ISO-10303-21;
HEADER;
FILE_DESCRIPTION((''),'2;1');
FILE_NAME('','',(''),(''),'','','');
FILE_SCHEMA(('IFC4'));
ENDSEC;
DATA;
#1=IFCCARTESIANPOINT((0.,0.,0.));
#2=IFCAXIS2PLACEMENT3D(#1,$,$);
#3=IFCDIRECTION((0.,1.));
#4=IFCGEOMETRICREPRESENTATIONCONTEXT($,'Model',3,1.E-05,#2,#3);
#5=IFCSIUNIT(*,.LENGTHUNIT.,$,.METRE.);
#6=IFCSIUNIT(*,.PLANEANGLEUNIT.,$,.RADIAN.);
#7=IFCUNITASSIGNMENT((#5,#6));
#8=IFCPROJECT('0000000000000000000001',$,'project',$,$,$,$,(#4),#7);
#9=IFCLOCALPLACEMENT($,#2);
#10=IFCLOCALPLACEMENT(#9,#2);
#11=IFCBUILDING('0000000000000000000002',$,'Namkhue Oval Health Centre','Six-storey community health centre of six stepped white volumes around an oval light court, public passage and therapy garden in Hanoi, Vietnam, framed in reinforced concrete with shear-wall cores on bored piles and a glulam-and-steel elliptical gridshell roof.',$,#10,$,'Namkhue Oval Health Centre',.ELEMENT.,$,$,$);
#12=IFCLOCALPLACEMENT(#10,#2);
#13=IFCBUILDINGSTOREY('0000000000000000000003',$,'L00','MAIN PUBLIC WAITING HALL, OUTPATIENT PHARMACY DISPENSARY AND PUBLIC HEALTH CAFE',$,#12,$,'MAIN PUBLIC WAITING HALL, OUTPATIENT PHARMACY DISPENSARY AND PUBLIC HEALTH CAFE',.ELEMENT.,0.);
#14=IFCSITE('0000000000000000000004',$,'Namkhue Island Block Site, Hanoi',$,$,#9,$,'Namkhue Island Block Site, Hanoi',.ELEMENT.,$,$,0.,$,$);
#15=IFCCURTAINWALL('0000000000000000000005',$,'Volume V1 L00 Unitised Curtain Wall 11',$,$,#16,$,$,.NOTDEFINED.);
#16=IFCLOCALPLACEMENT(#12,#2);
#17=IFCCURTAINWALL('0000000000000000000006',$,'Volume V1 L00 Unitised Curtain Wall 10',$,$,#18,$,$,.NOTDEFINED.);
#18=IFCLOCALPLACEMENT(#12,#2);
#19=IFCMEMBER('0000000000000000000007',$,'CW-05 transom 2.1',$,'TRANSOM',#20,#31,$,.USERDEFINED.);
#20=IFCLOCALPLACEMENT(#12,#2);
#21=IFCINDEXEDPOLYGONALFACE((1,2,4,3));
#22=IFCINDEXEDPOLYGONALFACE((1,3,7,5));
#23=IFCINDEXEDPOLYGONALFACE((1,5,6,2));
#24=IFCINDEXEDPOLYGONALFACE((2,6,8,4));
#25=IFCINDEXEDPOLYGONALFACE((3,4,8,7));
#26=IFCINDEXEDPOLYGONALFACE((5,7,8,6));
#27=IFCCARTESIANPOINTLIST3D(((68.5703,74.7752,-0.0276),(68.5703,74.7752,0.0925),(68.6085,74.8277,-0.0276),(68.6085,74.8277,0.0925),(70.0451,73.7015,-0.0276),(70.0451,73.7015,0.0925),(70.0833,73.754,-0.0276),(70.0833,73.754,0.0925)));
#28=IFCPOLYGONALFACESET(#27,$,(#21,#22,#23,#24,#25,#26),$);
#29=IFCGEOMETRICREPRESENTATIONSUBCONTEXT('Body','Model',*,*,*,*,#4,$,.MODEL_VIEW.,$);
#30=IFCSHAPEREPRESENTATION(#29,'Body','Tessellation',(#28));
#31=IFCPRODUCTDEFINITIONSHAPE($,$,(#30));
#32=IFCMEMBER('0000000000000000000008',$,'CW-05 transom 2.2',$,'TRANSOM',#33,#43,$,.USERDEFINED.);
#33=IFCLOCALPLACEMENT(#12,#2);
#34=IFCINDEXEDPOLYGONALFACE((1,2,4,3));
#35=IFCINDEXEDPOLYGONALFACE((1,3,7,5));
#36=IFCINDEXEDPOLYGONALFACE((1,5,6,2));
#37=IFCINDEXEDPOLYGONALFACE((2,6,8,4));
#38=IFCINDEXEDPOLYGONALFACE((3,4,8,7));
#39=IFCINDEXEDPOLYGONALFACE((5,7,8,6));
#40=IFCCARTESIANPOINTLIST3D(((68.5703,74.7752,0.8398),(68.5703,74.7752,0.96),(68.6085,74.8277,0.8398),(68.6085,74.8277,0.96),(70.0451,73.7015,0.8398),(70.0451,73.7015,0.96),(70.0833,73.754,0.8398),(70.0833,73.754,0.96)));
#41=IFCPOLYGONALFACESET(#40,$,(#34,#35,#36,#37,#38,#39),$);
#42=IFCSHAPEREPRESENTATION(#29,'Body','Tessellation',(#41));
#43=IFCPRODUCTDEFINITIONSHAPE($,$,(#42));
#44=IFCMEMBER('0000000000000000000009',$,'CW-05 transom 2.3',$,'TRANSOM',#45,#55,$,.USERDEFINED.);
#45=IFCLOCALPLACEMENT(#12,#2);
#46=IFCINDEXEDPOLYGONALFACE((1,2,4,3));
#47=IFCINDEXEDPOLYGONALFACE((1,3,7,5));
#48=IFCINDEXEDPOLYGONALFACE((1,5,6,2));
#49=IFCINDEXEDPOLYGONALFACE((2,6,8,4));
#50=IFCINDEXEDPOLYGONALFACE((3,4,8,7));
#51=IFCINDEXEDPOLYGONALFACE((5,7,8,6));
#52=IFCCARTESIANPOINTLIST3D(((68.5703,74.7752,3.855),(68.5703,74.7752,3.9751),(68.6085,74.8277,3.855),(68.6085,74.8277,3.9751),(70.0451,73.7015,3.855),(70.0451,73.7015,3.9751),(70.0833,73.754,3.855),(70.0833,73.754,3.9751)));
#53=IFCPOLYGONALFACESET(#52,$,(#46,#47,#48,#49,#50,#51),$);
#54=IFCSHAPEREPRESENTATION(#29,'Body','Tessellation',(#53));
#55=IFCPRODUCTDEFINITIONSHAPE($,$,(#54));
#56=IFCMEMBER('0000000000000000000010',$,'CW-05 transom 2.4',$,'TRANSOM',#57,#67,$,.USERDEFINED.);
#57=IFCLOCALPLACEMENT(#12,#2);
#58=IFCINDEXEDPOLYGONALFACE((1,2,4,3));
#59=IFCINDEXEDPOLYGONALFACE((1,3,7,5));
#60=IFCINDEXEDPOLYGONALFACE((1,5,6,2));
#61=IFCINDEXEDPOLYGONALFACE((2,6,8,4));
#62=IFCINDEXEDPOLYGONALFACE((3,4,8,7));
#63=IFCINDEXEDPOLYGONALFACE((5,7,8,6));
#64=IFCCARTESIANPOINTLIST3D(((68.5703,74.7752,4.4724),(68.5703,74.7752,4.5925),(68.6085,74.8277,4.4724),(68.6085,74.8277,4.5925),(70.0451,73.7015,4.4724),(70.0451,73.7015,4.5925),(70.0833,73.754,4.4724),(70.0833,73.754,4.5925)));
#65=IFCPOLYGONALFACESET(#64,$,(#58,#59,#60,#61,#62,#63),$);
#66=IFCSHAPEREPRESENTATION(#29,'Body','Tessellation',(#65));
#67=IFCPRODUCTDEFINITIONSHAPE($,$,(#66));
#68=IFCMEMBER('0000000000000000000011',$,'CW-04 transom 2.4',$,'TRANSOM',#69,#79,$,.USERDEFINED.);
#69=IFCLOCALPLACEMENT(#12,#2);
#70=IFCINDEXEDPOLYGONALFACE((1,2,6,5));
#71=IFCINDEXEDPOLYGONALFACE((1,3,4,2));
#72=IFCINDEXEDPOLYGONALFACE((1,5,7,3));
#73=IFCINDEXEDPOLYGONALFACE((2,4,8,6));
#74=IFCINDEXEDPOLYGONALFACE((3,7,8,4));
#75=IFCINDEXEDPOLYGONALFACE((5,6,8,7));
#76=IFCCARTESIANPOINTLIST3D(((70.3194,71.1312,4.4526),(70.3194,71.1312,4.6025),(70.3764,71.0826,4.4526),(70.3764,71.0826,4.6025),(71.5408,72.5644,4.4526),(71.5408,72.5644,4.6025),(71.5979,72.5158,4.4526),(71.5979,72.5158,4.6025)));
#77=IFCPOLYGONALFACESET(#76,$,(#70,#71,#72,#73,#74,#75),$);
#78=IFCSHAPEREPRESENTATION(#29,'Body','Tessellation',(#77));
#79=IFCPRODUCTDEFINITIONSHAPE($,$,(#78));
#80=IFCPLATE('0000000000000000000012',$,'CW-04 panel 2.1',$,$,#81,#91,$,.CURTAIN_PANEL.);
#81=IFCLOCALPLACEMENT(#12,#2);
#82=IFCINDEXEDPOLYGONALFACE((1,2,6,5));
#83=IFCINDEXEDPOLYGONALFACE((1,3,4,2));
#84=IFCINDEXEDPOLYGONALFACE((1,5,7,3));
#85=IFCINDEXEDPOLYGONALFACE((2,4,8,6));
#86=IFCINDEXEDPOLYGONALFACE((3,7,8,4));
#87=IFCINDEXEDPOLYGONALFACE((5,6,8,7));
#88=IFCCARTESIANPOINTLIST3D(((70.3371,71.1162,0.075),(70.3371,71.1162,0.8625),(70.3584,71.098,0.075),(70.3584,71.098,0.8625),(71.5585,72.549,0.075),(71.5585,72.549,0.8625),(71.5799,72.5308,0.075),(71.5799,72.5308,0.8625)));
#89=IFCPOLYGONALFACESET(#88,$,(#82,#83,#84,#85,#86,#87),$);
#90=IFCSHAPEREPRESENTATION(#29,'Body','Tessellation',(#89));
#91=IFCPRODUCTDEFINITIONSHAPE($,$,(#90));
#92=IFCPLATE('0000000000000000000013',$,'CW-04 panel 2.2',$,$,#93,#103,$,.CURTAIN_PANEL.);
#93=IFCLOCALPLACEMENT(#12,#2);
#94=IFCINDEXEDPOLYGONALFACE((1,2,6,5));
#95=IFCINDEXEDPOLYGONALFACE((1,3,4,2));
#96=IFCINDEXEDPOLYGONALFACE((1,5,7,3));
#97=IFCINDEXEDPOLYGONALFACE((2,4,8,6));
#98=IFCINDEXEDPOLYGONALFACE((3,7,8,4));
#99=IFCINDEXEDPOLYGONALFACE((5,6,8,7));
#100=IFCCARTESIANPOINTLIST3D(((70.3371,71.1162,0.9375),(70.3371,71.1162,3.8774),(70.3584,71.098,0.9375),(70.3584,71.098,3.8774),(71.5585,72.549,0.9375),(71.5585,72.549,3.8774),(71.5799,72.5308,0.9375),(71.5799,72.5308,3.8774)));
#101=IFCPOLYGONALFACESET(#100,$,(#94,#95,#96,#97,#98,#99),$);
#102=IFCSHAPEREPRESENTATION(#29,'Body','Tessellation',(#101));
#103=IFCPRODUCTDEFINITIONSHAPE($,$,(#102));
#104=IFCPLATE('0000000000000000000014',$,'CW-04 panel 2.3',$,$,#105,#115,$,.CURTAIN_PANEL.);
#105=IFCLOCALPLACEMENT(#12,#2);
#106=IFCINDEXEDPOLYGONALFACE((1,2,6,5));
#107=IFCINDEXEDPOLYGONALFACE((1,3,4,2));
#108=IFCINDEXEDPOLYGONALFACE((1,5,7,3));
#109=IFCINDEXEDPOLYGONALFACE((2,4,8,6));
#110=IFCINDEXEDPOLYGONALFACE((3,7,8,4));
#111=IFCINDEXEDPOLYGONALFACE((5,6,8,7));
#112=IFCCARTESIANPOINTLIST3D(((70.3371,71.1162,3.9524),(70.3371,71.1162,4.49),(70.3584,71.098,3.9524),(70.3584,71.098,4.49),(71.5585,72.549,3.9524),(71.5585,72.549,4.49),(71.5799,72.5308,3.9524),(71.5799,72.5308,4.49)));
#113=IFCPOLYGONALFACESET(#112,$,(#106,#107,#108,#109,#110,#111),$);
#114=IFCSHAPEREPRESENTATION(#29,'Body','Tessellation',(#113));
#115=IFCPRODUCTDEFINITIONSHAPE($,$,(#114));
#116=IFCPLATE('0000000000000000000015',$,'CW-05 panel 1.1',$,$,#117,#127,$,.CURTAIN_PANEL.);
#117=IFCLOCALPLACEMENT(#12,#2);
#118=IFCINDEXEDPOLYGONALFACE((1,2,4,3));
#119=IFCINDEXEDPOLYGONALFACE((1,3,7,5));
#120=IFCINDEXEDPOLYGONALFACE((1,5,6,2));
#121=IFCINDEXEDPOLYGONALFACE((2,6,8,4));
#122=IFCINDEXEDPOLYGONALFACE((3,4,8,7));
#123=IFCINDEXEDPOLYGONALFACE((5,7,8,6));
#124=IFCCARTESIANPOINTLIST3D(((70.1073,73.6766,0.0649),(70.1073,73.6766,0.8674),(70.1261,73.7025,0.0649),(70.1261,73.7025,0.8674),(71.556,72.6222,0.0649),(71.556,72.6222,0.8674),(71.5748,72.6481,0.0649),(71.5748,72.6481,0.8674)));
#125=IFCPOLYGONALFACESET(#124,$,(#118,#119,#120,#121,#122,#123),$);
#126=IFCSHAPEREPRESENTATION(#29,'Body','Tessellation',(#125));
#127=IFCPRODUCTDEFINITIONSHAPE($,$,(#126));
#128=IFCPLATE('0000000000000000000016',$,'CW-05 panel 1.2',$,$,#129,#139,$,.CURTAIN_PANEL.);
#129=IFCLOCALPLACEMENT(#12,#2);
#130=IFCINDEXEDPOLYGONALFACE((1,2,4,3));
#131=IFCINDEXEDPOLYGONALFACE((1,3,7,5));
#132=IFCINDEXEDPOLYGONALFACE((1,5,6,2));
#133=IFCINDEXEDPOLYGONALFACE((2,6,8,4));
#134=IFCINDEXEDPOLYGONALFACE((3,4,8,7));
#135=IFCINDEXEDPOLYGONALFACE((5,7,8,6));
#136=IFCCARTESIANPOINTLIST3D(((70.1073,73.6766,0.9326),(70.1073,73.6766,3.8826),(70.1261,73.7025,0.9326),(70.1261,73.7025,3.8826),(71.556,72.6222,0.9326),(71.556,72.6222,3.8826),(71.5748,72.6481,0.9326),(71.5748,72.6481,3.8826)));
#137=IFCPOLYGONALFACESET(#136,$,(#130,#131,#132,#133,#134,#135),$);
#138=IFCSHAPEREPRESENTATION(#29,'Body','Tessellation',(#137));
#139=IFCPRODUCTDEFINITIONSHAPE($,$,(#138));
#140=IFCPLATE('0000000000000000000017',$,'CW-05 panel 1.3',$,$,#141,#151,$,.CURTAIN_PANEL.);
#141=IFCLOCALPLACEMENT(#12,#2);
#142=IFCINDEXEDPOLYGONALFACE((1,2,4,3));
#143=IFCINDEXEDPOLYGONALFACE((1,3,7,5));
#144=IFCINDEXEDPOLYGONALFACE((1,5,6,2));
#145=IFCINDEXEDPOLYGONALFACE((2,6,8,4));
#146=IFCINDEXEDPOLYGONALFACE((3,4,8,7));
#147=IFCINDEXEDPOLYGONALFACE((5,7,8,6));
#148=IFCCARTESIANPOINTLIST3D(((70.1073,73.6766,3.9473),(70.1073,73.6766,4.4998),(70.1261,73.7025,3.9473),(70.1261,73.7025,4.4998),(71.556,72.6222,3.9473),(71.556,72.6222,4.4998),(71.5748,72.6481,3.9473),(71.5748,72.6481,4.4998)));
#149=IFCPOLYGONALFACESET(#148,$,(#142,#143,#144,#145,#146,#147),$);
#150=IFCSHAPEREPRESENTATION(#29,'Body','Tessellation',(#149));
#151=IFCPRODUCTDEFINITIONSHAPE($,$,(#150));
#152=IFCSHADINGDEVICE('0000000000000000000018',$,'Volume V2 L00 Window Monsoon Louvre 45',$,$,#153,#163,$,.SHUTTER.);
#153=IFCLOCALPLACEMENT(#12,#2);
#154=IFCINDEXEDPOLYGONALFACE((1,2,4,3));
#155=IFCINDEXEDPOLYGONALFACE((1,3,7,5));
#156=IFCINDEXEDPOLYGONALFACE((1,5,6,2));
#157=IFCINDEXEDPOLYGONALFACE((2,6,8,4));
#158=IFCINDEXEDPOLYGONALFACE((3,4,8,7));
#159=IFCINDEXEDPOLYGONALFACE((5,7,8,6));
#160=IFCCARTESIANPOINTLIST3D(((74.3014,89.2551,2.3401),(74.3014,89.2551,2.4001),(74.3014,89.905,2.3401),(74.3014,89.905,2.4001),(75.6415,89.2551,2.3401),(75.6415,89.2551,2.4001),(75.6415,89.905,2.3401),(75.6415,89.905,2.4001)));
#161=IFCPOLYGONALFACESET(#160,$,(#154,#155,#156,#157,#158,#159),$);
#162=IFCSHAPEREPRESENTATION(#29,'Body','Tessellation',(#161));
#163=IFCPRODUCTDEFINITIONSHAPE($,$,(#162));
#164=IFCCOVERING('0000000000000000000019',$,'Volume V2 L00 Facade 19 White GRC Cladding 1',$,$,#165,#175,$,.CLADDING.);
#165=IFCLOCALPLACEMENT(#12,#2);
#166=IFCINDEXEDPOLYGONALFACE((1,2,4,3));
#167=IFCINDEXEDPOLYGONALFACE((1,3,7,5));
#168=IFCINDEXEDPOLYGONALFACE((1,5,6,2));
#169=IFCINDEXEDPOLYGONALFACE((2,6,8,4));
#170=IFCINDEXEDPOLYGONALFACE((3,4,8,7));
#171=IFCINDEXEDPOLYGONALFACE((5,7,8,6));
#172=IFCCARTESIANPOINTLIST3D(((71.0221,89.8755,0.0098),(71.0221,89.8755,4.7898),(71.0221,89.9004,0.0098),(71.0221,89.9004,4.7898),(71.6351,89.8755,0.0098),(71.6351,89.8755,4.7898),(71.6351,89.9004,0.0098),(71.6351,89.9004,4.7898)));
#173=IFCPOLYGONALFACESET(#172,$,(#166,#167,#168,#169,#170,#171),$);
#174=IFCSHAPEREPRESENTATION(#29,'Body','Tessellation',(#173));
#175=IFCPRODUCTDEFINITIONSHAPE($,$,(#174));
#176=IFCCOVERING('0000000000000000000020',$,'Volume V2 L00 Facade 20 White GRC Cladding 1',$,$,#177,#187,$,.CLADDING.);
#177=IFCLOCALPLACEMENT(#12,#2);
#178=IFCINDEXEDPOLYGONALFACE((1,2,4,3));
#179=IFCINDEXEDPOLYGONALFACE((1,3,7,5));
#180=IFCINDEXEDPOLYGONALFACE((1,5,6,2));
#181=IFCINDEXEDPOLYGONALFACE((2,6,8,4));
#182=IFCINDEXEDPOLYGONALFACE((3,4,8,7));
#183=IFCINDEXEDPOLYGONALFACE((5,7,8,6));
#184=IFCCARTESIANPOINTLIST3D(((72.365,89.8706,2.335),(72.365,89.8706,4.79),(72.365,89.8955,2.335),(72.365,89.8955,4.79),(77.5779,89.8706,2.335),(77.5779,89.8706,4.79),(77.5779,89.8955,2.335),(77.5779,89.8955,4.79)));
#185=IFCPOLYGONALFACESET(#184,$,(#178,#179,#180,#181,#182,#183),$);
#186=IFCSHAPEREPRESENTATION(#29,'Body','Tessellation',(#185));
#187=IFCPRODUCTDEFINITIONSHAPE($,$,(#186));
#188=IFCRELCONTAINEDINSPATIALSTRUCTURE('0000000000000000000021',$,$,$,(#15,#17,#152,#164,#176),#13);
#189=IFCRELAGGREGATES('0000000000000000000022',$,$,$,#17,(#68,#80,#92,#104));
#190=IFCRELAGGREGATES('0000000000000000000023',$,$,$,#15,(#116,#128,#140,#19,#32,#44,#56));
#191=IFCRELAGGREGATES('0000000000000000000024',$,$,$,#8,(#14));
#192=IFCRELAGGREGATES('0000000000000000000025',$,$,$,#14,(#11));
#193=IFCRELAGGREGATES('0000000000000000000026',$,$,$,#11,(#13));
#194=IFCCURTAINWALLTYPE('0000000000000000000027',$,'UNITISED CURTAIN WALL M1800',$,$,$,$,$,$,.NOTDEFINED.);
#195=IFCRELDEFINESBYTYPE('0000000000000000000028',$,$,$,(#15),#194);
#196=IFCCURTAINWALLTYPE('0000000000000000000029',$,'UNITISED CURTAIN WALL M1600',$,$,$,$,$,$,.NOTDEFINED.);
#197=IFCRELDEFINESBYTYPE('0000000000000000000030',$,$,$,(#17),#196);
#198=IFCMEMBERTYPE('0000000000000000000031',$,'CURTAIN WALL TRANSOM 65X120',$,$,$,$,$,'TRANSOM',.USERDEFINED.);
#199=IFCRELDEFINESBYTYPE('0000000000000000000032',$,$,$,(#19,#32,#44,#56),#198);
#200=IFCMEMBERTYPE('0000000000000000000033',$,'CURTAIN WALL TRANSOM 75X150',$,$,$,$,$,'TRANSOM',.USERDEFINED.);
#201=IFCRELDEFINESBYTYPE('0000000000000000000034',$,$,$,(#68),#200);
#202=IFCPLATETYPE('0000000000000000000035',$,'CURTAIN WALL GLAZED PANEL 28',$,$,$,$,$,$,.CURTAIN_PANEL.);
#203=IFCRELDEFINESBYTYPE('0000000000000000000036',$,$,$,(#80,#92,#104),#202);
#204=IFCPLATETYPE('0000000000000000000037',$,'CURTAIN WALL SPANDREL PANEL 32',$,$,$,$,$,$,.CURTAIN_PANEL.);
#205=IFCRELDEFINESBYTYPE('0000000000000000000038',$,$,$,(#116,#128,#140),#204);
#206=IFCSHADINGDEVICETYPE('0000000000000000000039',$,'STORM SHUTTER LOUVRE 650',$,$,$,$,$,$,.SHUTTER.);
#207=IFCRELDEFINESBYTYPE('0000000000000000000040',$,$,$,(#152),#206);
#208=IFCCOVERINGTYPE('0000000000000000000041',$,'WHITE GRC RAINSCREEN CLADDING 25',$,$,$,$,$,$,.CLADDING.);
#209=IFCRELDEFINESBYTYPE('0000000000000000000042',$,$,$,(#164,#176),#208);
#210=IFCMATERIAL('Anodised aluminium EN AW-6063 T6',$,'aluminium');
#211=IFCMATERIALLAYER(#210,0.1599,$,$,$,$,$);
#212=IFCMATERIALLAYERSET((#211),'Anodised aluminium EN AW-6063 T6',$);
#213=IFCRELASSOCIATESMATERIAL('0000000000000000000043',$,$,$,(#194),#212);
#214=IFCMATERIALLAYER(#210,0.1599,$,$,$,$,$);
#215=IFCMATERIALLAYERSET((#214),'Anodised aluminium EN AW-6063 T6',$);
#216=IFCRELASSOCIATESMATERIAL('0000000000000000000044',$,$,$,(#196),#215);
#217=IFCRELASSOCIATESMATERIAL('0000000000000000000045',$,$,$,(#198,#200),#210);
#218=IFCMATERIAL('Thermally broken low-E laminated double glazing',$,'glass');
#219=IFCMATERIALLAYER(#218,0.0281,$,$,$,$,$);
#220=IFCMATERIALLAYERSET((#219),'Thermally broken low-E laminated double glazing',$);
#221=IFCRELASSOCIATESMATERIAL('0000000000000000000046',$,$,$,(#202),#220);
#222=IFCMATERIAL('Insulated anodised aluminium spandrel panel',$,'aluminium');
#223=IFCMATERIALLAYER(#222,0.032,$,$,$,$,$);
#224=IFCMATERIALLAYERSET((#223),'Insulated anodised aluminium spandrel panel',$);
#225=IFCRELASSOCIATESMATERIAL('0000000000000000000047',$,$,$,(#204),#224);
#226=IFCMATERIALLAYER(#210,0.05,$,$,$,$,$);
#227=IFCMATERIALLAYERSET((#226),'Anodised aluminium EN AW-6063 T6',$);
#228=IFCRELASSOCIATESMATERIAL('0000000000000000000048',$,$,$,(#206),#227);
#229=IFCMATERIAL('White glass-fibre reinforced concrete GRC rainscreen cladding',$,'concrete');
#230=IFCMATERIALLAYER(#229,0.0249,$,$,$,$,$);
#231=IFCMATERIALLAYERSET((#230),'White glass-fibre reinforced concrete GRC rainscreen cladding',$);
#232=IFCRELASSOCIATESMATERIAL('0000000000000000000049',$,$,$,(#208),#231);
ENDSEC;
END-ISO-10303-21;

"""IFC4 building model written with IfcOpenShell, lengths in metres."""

from ifc_helpers import new_model, si_unit, direction, frame, origin, origin_2d, place, context, subcontext, project, spatial, rectangle, extrude, material, layer, layer_set, material_profile, profile_set, type_object, element, aggregate, save


model = new_model("IFC4")

# Units and contexts
model_context = context("Model", 3, precision=1e-05, world=origin(), true_north=direction((0.0, 1.0)))
body_context = subcontext(model_context, "Body", "Model", "MODEL_VIEW")
ifc_project = project(units=[si_unit("LENGTHUNIT", "METRE"), si_unit("PLANEANGLEUNIT", "RADIAN")], contexts=[model_context])

# Site, building, storey
site_placement = place(None, origin())
site = spatial("IfcSite", under=ifc_project, at=site_placement, Name="Namkhue Island Block Site, Hanoi", LongName="Namkhue Island Block Site, Hanoi", CompositionType="ELEMENT", RefElevation=0.0)
building_placement = place(site_placement, origin())
building = spatial("IfcBuilding", under=site, at=building_placement, Name="Namkhue Oval Health Centre", Description="Six-storey community health centre of six stepped white volumes around an oval light court, public passage and therapy garden in Hanoi, Vietnam, framed in reinforced concrete with shear-wall cores on bored piles and a glulam-and-steel elliptical gridshell roof.", LongName="Namkhue Oval Health Centre", CompositionType="ELEMENT")
storey_placement = place(building_placement, origin())
storey = spatial("IfcBuildingStorey", under=building, at=storey_placement, Name="L00", Description="MAIN PUBLIC WAITING HALL, OUTPATIENT PHARMACY DISPENSARY AND PUBLIC HEALTH CAFE", LongName="MAIN PUBLIC WAITING HALL, OUTPATIENT PHARMACY DISPENSARY AND PUBLIC HEALTH CAFE", CompositionType="ELEMENT", Elevation=0.0)

# Curtain wall
ifc_material_1 = material(Name="Anodised aluminium EN AW-6063 T6", Category="aluminium")
ifc_layer_1 = layer(ifc_material_1, 0.1599)
ifc_layer_set_1 = layer_set([ifc_layer_1], Name="Anodised aluminium EN AW-6063 T6")
curtain_wall_type_1 = type_object("IfcCurtainWallType", Name="UNITISED CURTAIN WALL M1800", PredefinedType="NOTDEFINED", material=ifc_layer_set_1)
curtain_wall_1_placement = place(storey_placement, origin())
curtain_wall_1 = element("IfcCurtainWall", 1, at=curtain_wall_1_placement, inside=storey, type_object=curtain_wall_type_1, Name="Volume V1 L00 Unitised Curtain Wall 11", PredefinedType="NOTDEFINED")

# Curtain wall
ifc_layer_2 = layer(ifc_material_1, 0.1599)
ifc_layer_set_2 = layer_set([ifc_layer_2], Name="Anodised aluminium EN AW-6063 T6")
curtain_wall_type_2 = type_object("IfcCurtainWallType", Name="UNITISED CURTAIN WALL M1600", PredefinedType="NOTDEFINED", material=ifc_layer_set_2)
curtain_wall_2_placement = place(storey_placement, origin())
curtain_wall_2 = element("IfcCurtainWall", 2, at=curtain_wall_2_placement, inside=storey, type_object=curtain_wall_type_2, Name="Volume V1 L00 Unitised Curtain Wall 10", PredefinedType="NOTDEFINED")

# Members
ifc_material_profile_1 = material_profile(ifc_material_1, rectangle(XDim=0.0649, YDim=0.1201, at=origin_2d()), Name="ALU 65x120")
ifc_profile_set_1 = profile_set([ifc_material_profile_1], Name="Anodised aluminium EN AW-6063 T6")
member_type_1 = type_object("IfcMemberType", Name="CURTAIN WALL TRANSOM 65X120", ElementType="TRANSOM", PredefinedType="USERDEFINED", material=ifc_profile_set_1)
member_1_placement = place(storey_placement, frame((70.0642, 73.7278, 0.0325), z_axis=(-0.808447, 0.588569, 0.0), x_axis=(-0.588569, -0.808447, 0.0)))
member_1 = element("IfcMember", 3, at=member_1_placement, type_object=member_type_1, Name="CW-05 transom 2.1", ObjectType="TRANSOM", PredefinedType="USERDEFINED", context=body_context, shape_type="SweptSolid", body=[
    extrude(rectangle(XDim=0.0649, YDim=0.1201, at=origin_2d()), origin(), (0.0, 0.0, 1.0), 1.8242),
])
member_2_placement = place(storey_placement, frame((70.0642, 73.7278, 0.8999), z_axis=(-0.808447, 0.588569, 0.0), x_axis=(-0.588569, -0.808447, 0.0)))
member_2 = element("IfcMember", 4, at=member_2_placement, type_object=member_type_1, Name="CW-05 transom 2.2", ObjectType="TRANSOM", PredefinedType="USERDEFINED", context=body_context, shape_type="SweptSolid", body=[
    extrude(rectangle(XDim=0.0649, YDim=0.1201, at=origin_2d()), origin(), (0.0, 0.0, 1.0), 1.8242),
])
member_3_placement = place(storey_placement, frame((70.0642, 73.7278, 3.915), z_axis=(-0.808447, 0.588569, 0.0), x_axis=(-0.588569, -0.808447, 0.0)))
member_3 = element("IfcMember", 5, at=member_3_placement, type_object=member_type_1, Name="CW-05 transom 2.3", ObjectType="TRANSOM", PredefinedType="USERDEFINED", context=body_context, shape_type="SweptSolid", body=[
    extrude(rectangle(XDim=0.0649, YDim=0.1201, at=origin_2d()), origin(), (0.0, 0.0, 1.0), 1.8242),
])
member_4_placement = place(storey_placement, frame((70.0642, 73.7278, 4.5325), z_axis=(-0.808447, 0.588569, 0.0), x_axis=(-0.588569, -0.808447, 0.0)))
member_4 = element("IfcMember", 6, at=member_4_placement, type_object=member_type_1, Name="CW-05 transom 2.4", ObjectType="TRANSOM", PredefinedType="USERDEFINED", context=body_context, shape_type="SweptSolid", body=[
    extrude(rectangle(XDim=0.0649, YDim=0.1201, at=origin_2d()), origin(), (0.0, 0.0, 1.0), 1.8242),
])
ifc_material_profile_2 = material_profile(ifc_material_1, rectangle(XDim=0.075, YDim=0.1499, at=origin_2d()), Name="ALU 75x150")
ifc_profile_set_2 = profile_set([ifc_material_profile_2], Name="Anodised aluminium EN AW-6063 T6")
member_type_2 = type_object("IfcMemberType", Name="CURTAIN WALL TRANSOM 75X150", ElementType="TRANSOM", PredefinedType="USERDEFINED", material=ifc_profile_set_2)
member_5_placement = place(storey_placement, frame((70.3479, 71.1069, 4.5276), z_axis=(0.648664, 0.761075, 0.0), x_axis=(-0.761075, 0.648664, 0.0)))
member_5 = element("IfcMember", 7, at=member_5_placement, type_object=member_type_2, Name="CW-04 transom 2.4", ObjectType="TRANSOM", PredefinedType="USERDEFINED", context=body_context, shape_type="SweptSolid", body=[
    extrude(rectangle(XDim=0.075, YDim=0.1499, at=origin_2d()), origin(), (0.0, 0.0, 1.0), 1.8831),
])

# Plates
ifc_material_2 = material(Name="Thermally broken low-E laminated double glazing", Category="glass")
ifc_layer_3 = layer(ifc_material_2, 0.0281)
ifc_layer_set_3 = layer_set([ifc_layer_3], Name="Thermally broken low-E laminated double glazing")
plate_type_1 = type_object("IfcPlateType", Name="CURTAIN WALL GLAZED PANEL 28", PredefinedType="CURTAIN_PANEL", material=ifc_layer_set_3)
plate_1_placement = place(storey_placement, frame((70.9585, 71.8235, 0.075), z_axis=(0.0, 0.0, 1.0), x_axis=(0.648746, 0.761005, 0.0)))
plate_1 = element("IfcPlate", 8, at=plate_1_placement, type_object=plate_type_1, Name="CW-04 panel 2.1", PredefinedType="CURTAIN_PANEL", context=body_context, shape_type="SweptSolid", body=[
    extrude(rectangle(XDim=1.8828, YDim=0.0281, at=origin_2d()), origin(), (0.0, 0.0, 1.0), 0.7876),
])
plate_2_placement = place(storey_placement, frame((70.9585, 71.8235, 0.9375), z_axis=(0.0, 0.0, 1.0), x_axis=(0.648746, 0.761005, 0.0)))
plate_2 = element("IfcPlate", 9, at=plate_2_placement, type_object=plate_type_1, Name="CW-04 panel 2.2", PredefinedType="CURTAIN_PANEL", context=body_context, shape_type="SweptSolid", body=[
    extrude(rectangle(XDim=1.8828, YDim=0.0281, at=origin_2d()), origin(), (0.0, 0.0, 1.0), 2.9399),
])
plate_3_placement = place(storey_placement, frame((70.9585, 71.8235, 3.9524), z_axis=(0.0, 0.0, 1.0), x_axis=(0.648746, 0.761005, 0.0)))
plate_3 = element("IfcPlate", 10, at=plate_3_placement, type_object=plate_type_1, Name="CW-04 panel 2.3", PredefinedType="CURTAIN_PANEL", context=body_context, shape_type="SweptSolid", body=[
    extrude(rectangle(XDim=1.8828, YDim=0.0281, at=origin_2d()), origin(), (0.0, 0.0, 1.0), 0.5376),
])
aggregate(curtain_wall_2, [member_5, plate_1, plate_2, plate_3])
ifc_material_3 = material(Name="Insulated anodised aluminium spandrel panel", Category="aluminium")
ifc_layer_4 = layer(ifc_material_3, 0.032)
ifc_layer_set_4 = layer_set([ifc_layer_4], Name="Insulated anodised aluminium spandrel panel")
plate_type_2 = type_object("IfcPlateType", Name="CURTAIN WALL SPANDREL PANEL 32", PredefinedType="CURTAIN_PANEL", material=ifc_layer_set_4)
plate_4_placement = place(storey_placement, frame((70.8411, 73.1624, 0.0649), z_axis=(0.0, 0.0, 1.0), x_axis=(-0.808514, 0.588477, 0.0)))
plate_4 = element("IfcPlate", 11, at=plate_4_placement, type_object=plate_type_2, Name="CW-05 panel 1.1", PredefinedType="CURTAIN_PANEL", context=body_context, shape_type="SweptSolid", body=[
    extrude(rectangle(XDim=1.7917, YDim=0.032, at=origin_2d()), origin(), (0.0, 0.0, 1.0), 0.8025),
])
plate_5_placement = place(storey_placement, frame((70.8411, 73.1624, 0.9326), z_axis=(0.0, 0.0, 1.0), x_axis=(-0.808514, 0.588477, 0.0)))
plate_5 = element("IfcPlate", 12, at=plate_5_placement, type_object=plate_type_2, Name="CW-05 panel 1.2", PredefinedType="CURTAIN_PANEL", context=body_context, shape_type="SweptSolid", body=[
    extrude(rectangle(XDim=1.7917, YDim=0.032, at=origin_2d()), origin(), (0.0, 0.0, 1.0), 2.95),
])
plate_6_placement = place(storey_placement, frame((70.8411, 73.1624, 3.9473), z_axis=(0.0, 0.0, 1.0), x_axis=(-0.808514, 0.588477, 0.0)))
plate_6 = element("IfcPlate", 13, at=plate_6_placement, type_object=plate_type_2, Name="CW-05 panel 1.3", PredefinedType="CURTAIN_PANEL", context=body_context, shape_type="SweptSolid", body=[
    extrude(rectangle(XDim=1.7917, YDim=0.032, at=origin_2d()), origin(), (0.0, 0.0, 1.0), 0.5525),
])
aggregate(curtain_wall_1, [plate_4, plate_5, plate_6, member_1, member_2, member_3, member_4])

# Shading device
ifc_layer_5 = layer(ifc_material_1, 0.05)
ifc_layer_set_5 = layer_set([ifc_layer_5], Name="Anodised aluminium EN AW-6063 T6")
shading_device_type = type_object("IfcShadingDeviceType", Name="STORM SHUTTER LOUVRE 650", PredefinedType="SHUTTER", material=ifc_layer_set_5)
shading_device_placement = place(storey_placement, frame((74.9714, 89.5801, 2.3401), z_axis=(0.0, 0.0, 1.0), x_axis=(1.0, 0.0, 0.0)))
element("IfcShadingDevice", 14, at=shading_device_placement, inside=storey, type_object=shading_device_type, Name="Volume V2 L00 Window Monsoon Louvre 45", PredefinedType="SHUTTER", context=body_context, shape_type="SweptSolid", body=[
    extrude(rectangle(XDim=1.3401, YDim=0.6499, at=origin_2d()), origin(), (0.0, 0.0, 1.0), 0.0601),
])

# Coverings
ifc_material_4 = material(Name="White glass-fibre reinforced concrete GRC rainscreen cladding", Category="concrete")
ifc_layer_6 = layer(ifc_material_4, 0.0249)
ifc_layer_set_6 = layer_set([ifc_layer_6], Name="White glass-fibre reinforced concrete GRC rainscreen cladding")
covering_type = type_object("IfcCoveringType", Name="WHITE GRC RAINSCREEN CLADDING 25", PredefinedType="CLADDING", material=ifc_layer_set_6)
covering_1_placement = place(storey_placement, frame((71.3286, 89.8879, 0.0098), z_axis=(0.0, 0.0, 1.0), x_axis=(1.0, 0.0, 0.0)))
element("IfcCovering", 15, at=covering_1_placement, inside=storey, type_object=covering_type, Name="Volume V2 L00 Facade 19 White GRC Cladding 1", PredefinedType="CLADDING", context=body_context, shape_type="SweptSolid", body=[
    extrude(rectangle(XDim=0.613, YDim=0.0249, at=origin_2d()), origin(), (0.0, 0.0, 1.0), 4.78),
])
covering_2_placement = place(storey_placement, frame((74.9714, 89.8831, 2.335), z_axis=(0.0, 0.0, 1.0), x_axis=(1.0, 0.0, 0.0)))
element("IfcCovering", 16, at=covering_2_placement, inside=storey, type_object=covering_type, Name="Volume V2 L00 Facade 20 White GRC Cladding 1", PredefinedType="CLADDING", context=body_context, shape_type="SweptSolid", body=[
    extrude(rectangle(XDim=5.2129, YDim=0.0249, at=origin_2d()), origin(), (0.0, 0.0, 1.0), 2.4551),
])

save(model, "model.ifc")
